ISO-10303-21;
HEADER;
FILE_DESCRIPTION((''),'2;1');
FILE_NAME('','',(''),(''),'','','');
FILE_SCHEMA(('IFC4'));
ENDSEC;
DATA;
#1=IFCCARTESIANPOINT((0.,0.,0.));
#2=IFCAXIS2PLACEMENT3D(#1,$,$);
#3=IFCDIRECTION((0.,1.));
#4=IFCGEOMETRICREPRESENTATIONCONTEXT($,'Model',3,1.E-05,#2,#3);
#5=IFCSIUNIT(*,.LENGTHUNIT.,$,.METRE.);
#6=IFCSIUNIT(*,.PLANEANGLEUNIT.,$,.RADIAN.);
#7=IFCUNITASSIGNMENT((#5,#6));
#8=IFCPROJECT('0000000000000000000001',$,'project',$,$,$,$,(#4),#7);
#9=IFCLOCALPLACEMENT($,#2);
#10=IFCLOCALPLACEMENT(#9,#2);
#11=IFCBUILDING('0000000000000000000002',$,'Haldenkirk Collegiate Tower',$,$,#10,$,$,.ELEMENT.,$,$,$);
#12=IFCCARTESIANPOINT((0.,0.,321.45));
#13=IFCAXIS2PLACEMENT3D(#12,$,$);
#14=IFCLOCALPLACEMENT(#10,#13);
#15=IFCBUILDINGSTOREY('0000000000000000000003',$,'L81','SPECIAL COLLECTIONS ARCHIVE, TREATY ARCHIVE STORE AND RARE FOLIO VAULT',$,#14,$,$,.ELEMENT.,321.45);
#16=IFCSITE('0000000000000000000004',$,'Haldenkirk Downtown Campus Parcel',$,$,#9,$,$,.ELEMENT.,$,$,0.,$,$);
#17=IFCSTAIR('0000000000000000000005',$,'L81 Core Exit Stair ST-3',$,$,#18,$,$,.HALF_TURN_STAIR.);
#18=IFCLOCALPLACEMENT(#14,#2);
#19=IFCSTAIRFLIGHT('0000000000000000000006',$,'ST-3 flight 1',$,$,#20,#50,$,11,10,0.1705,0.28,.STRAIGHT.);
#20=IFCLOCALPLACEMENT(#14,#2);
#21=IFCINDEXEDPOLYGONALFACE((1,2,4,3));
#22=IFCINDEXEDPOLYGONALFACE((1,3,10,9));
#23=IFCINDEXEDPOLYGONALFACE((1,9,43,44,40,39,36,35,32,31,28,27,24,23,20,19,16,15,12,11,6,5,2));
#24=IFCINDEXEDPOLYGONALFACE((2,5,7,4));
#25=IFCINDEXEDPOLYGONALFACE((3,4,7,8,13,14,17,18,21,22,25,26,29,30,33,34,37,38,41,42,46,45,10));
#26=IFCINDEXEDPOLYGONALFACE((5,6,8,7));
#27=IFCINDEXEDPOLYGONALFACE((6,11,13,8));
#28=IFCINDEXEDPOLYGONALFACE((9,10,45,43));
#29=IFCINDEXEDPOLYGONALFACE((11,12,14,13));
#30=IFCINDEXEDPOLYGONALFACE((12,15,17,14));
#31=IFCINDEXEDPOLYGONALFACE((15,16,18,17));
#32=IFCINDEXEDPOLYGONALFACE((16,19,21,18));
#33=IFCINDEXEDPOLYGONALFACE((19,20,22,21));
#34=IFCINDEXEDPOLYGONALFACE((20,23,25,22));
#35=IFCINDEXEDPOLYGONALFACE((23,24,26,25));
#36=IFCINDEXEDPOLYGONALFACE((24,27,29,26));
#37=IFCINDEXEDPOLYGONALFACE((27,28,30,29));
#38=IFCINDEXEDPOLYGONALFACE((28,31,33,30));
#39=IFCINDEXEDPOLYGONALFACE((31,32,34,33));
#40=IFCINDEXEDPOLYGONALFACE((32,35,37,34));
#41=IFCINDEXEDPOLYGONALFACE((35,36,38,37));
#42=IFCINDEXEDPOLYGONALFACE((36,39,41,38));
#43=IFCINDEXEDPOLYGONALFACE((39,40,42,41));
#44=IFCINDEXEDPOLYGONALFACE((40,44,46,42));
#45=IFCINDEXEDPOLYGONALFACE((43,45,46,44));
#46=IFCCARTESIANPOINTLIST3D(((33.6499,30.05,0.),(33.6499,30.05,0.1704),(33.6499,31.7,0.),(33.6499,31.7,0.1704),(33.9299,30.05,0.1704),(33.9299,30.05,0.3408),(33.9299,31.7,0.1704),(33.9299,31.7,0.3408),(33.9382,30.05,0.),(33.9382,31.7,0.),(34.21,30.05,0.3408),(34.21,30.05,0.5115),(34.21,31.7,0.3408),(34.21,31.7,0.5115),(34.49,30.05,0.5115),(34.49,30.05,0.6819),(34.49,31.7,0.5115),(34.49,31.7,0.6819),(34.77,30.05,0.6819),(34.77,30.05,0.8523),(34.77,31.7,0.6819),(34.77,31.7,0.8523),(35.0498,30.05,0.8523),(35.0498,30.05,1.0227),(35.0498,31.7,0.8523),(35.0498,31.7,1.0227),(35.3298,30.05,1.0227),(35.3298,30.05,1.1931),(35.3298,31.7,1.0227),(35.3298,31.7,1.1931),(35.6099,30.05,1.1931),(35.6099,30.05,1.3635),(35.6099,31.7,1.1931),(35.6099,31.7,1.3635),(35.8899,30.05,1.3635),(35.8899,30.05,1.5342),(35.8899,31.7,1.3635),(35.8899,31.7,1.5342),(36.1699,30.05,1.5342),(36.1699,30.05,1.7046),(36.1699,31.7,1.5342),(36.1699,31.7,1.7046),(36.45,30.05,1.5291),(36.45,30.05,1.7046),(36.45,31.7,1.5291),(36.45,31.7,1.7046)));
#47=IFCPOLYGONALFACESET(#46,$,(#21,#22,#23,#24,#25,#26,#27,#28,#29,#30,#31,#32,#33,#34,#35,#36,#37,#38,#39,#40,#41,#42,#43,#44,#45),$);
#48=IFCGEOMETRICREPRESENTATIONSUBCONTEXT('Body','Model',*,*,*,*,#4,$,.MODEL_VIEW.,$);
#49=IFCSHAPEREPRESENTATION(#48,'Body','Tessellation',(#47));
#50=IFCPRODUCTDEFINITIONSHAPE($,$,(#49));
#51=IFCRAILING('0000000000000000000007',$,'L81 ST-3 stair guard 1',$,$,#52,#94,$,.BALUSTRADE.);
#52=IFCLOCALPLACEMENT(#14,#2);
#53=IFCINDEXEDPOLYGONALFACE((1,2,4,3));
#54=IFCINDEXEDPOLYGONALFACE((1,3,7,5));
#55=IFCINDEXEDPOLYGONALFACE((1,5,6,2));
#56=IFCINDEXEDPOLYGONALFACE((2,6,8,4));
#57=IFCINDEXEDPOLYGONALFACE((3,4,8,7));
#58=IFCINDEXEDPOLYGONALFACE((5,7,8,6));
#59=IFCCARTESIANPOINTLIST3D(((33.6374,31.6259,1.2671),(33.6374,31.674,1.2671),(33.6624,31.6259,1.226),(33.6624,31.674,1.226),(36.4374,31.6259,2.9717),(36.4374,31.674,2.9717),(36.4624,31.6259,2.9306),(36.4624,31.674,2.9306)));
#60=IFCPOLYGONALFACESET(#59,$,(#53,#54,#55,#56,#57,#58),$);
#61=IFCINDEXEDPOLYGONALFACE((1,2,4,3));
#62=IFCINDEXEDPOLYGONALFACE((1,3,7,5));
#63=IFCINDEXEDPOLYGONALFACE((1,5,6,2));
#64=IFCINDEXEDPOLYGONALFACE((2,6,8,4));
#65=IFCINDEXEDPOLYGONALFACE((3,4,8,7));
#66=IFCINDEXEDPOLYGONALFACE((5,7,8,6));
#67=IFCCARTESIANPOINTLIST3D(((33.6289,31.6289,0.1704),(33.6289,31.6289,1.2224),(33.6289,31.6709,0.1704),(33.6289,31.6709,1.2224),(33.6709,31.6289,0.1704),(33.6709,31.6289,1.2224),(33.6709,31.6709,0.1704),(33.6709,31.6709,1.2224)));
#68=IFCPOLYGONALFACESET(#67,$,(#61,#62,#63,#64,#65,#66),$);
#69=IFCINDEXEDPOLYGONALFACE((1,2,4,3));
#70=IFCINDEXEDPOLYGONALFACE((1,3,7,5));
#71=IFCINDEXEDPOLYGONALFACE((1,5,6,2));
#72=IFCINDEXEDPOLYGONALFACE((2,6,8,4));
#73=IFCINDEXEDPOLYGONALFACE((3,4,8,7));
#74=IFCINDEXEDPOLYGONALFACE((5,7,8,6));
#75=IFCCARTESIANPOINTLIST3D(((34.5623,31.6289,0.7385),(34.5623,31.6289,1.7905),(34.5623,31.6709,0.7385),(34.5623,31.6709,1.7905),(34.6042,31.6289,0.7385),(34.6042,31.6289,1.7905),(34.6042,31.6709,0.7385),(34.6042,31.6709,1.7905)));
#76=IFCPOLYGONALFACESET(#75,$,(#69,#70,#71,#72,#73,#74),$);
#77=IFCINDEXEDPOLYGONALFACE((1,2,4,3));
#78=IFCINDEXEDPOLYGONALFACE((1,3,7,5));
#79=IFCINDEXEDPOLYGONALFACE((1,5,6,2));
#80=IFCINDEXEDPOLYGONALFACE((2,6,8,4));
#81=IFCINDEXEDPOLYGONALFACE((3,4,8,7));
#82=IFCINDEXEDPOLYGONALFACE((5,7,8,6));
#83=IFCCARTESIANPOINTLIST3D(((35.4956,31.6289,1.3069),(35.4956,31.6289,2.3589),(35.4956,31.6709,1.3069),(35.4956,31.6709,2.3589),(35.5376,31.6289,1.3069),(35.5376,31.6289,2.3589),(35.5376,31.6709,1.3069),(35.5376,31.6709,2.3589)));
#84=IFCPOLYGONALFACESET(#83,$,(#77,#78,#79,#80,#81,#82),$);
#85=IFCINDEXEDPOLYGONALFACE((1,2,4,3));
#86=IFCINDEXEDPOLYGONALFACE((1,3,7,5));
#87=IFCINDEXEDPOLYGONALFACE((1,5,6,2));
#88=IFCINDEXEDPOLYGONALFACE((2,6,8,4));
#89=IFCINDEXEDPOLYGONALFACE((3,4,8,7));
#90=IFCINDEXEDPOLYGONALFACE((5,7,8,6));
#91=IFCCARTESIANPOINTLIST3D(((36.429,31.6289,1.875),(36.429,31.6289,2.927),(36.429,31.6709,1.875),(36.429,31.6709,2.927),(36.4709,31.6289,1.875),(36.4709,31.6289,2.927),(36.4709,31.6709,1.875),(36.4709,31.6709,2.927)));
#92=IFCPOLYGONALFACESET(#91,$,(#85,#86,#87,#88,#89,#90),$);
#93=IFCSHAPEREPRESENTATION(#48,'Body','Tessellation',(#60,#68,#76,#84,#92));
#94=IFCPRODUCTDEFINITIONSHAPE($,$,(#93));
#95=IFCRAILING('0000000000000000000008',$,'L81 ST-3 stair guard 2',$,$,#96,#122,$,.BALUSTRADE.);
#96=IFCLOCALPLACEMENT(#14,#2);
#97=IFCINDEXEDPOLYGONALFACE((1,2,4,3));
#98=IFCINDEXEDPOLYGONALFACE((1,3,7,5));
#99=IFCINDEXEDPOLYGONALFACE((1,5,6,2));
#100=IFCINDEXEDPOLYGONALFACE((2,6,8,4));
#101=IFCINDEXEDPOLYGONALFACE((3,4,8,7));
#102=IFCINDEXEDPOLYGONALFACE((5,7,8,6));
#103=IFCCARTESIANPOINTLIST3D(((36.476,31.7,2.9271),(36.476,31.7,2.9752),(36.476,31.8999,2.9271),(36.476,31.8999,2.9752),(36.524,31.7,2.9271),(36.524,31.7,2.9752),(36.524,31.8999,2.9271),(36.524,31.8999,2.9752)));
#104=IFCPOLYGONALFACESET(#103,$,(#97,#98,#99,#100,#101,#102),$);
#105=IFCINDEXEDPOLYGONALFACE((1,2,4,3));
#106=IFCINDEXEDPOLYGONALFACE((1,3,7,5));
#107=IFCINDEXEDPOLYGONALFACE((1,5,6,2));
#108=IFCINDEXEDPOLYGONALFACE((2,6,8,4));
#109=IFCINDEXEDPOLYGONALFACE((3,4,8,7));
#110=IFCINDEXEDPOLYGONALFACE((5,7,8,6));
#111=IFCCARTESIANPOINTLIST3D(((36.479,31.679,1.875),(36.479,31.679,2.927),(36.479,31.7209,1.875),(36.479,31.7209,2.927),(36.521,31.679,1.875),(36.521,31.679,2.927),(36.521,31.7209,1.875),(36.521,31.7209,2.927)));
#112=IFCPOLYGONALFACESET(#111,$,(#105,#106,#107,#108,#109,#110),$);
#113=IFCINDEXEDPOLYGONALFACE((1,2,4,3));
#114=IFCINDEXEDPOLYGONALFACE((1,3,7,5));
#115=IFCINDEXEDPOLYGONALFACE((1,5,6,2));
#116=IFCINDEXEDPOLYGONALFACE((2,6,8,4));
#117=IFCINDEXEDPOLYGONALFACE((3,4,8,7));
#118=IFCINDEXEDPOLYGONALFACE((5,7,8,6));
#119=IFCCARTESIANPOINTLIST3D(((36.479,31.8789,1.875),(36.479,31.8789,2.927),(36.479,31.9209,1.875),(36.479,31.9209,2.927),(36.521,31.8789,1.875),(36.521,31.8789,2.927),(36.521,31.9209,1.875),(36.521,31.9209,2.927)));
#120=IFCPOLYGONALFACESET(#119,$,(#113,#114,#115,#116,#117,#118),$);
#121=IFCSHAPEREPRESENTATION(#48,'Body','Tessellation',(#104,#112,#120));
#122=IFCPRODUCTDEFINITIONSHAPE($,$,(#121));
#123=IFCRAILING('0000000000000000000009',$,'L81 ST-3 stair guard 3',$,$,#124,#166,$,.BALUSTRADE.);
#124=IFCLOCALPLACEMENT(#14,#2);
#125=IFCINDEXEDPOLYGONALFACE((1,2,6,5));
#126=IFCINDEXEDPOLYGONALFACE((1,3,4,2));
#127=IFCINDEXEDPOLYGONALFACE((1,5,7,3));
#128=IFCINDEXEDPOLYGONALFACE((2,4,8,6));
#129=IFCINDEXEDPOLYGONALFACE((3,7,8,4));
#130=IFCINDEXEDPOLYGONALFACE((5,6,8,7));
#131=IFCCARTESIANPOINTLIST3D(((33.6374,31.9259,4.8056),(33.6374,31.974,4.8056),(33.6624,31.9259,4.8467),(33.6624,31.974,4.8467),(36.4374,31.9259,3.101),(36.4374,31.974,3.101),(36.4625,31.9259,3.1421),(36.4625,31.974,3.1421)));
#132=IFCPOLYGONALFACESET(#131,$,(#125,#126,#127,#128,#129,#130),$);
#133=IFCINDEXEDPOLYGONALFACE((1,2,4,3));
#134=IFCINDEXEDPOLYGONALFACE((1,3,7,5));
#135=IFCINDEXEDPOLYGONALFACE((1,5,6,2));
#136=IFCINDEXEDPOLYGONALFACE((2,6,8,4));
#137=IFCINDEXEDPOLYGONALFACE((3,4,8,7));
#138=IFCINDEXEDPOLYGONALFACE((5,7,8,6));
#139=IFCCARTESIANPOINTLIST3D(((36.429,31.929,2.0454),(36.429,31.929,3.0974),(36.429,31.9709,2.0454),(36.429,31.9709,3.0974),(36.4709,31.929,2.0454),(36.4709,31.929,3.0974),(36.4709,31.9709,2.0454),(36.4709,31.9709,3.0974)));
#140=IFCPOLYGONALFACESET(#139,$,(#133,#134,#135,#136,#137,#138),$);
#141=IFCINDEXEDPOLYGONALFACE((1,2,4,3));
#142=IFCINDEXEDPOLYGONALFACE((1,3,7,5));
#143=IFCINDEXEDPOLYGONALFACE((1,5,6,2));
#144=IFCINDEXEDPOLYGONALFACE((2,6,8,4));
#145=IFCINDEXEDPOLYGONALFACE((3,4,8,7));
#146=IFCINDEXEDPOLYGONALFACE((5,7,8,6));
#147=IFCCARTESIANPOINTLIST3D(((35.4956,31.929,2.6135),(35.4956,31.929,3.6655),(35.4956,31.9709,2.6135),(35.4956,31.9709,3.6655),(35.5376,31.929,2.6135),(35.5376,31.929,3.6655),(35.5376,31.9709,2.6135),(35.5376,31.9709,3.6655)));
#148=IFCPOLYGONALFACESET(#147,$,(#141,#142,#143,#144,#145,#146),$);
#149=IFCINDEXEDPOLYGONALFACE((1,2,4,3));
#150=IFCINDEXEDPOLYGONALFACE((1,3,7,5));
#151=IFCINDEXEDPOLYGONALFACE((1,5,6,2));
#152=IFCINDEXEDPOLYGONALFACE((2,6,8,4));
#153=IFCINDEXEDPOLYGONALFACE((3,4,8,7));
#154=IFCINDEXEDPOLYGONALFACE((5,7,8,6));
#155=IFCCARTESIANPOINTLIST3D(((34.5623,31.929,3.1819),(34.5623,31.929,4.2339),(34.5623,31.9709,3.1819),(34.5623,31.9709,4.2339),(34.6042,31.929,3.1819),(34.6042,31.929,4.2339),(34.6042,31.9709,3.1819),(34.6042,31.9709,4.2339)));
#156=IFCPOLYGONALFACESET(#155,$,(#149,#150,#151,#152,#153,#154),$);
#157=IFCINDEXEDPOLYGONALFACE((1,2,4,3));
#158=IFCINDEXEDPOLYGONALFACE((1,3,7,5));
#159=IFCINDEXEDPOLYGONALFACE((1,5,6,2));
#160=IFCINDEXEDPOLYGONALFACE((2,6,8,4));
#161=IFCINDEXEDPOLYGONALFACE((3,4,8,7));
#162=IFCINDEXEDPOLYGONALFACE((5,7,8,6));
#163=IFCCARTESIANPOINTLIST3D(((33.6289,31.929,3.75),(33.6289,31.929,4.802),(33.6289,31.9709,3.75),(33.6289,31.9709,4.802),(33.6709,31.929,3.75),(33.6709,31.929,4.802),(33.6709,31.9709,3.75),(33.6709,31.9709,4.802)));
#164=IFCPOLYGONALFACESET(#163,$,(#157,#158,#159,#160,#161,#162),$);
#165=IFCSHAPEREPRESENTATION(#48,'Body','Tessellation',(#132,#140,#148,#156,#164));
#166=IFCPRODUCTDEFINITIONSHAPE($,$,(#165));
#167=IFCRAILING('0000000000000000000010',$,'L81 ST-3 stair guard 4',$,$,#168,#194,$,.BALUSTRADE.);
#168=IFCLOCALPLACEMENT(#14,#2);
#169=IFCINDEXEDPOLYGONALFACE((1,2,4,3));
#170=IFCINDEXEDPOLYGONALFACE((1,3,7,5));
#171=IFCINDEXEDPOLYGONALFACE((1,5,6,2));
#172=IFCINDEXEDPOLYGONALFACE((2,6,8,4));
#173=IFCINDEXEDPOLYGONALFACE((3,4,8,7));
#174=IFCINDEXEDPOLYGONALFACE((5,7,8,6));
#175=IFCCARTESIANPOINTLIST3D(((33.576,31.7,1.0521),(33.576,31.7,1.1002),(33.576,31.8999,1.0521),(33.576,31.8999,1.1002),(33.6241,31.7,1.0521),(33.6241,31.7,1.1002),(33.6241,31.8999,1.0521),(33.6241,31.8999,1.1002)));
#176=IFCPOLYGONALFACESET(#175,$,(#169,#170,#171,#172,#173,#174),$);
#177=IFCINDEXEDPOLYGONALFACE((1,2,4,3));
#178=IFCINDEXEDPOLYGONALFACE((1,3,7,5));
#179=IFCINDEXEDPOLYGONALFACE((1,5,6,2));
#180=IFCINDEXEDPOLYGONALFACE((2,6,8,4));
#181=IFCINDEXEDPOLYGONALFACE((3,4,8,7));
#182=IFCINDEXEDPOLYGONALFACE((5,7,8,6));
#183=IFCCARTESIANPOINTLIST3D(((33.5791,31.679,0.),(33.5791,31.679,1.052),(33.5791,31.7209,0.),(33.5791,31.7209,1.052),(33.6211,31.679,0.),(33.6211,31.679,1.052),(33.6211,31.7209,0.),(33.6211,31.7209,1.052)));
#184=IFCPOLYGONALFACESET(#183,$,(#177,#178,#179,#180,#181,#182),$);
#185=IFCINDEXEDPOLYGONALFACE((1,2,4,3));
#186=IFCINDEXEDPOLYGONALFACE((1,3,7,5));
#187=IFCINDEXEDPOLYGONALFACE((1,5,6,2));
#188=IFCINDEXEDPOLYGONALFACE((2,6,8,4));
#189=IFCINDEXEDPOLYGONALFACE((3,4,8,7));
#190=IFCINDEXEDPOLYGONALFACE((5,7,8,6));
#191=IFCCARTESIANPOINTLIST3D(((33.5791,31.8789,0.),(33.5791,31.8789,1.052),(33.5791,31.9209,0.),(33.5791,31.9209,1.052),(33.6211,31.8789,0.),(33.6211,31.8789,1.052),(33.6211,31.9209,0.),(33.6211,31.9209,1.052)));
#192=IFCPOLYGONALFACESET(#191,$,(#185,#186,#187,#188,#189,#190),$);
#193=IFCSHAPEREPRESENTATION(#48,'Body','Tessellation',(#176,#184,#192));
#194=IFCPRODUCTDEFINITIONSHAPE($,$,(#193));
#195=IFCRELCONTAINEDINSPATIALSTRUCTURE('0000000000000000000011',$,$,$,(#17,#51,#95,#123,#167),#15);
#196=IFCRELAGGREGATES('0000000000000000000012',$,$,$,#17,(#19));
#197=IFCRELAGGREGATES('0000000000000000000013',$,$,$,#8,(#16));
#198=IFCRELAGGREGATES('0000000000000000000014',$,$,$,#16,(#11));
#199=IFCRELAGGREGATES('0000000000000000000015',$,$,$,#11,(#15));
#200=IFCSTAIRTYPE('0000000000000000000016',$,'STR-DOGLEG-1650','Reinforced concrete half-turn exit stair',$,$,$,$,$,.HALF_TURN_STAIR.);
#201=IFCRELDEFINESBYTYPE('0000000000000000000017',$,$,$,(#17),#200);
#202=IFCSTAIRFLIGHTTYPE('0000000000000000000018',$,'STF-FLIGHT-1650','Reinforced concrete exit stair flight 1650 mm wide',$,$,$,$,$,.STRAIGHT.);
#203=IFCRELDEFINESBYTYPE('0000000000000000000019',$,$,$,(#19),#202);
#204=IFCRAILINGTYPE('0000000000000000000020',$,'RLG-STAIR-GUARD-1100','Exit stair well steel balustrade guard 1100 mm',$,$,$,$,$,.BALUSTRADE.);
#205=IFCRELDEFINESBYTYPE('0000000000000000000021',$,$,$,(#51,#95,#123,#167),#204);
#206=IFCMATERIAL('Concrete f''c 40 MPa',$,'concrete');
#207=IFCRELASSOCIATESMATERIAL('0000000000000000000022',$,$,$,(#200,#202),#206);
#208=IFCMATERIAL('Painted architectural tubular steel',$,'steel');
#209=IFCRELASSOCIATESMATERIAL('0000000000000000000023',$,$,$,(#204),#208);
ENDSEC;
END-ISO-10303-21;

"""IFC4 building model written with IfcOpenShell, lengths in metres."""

from ifc_helpers import new_model, si_unit, direction, frame, origin, origin_2d, place, context, subcontext, project, spatial, polyline, rectangle, outline, extrude, material, type_object, element, aggregate, save


model = new_model("IFC4")

# Units and contexts
model_context = context("Model", 3, precision=1e-05, world=origin(), true_north=direction((0.0, 1.0)))
body_context = subcontext(model_context, "Body", "Model", "MODEL_VIEW")
ifc_project = project(units=[si_unit("LENGTHUNIT", "METRE"), si_unit("PLANEANGLEUNIT", "RADIAN")], contexts=[model_context])

# Site, building, storey
site_placement = place(None, origin())
site = spatial("IfcSite", under=ifc_project, at=site_placement, Name="Haldenkirk Downtown Campus Parcel", CompositionType="ELEMENT", RefElevation=0.0)
building_placement = place(site_placement, origin())
building = spatial("IfcBuilding", under=site, at=building_placement, Name="Haldenkirk Collegiate Tower", CompositionType="ELEMENT")
storey_placement = place(building_placement, frame((0.0, 0.0, 321.45)))
storey = spatial("IfcBuildingStorey", under=building, at=storey_placement, Name="L81", Description="SPECIAL COLLECTIONS ARCHIVE, TREATY ARCHIVE STORE AND RARE FOLIO VAULT", CompositionType="ELEMENT", Elevation=321.45)

# Stair, stair flight
ifc_material_1 = material(Name="Concrete f'c 40 MPa", Category="concrete")
stair_type = type_object("IfcStairType", Name="STR-DOGLEG-1650", Description="Reinforced concrete half-turn exit stair", PredefinedType="HALF_TURN_STAIR", material=ifc_material_1)
stair_placement = place(storey_placement, origin())
stair = element("IfcStair", 1, at=stair_placement, inside=storey, type_object=stair_type, Name="L81 Core Exit Stair ST-3", PredefinedType="HALF_TURN_STAIR")
stair_flight_type = type_object("IfcStairFlightType", Name="STF-FLIGHT-1650", Description="Reinforced concrete exit stair flight 1650 mm wide", PredefinedType="STRAIGHT", material=ifc_material_1)
stair_flight_placement = place(storey_placement, frame((33.6499, 30.875, 0.0), z_axis=(0.0, 0.0, 1.0), x_axis=(1.0, 0.0, 0.0)))
stair_flight = element("IfcStairFlight", 2, at=stair_flight_placement, type_object=stair_flight_type, Name="ST-3 flight 1", NumberOfRisers=11, NumberOfTreads=10, PredefinedType="STRAIGHT", RiserHeight=0.1705, TreadLength=0.28, context=body_context, shape_type="SweptSolid", body=[
    extrude(outline(polyline([(0.0, 0.0), (0.0, 0.1704), (0.28, 0.1704), (0.28, 0.3408), (0.5601, 0.3408), (0.5601, 0.5115), (0.8401, 0.5115), (0.8401, 0.6819), (1.1201, 0.6819), (1.1201, 0.8523), (1.3999, 0.8523), (1.3999, 1.0227), (1.6799, 1.0227), (1.6799, 1.1931), (1.96, 1.1931), (1.96, 1.3635), (2.24, 1.3635), (2.24, 1.5342), (2.52, 1.5342), (2.52, 1.7046), (2.8, 1.7046), (2.8, 1.875), (2.8, 1.5291), (0.2883, 0.0), (0.0, 0.0)])), frame((0.0, 0.825, 0.0), z_axis=(0.0, -1.0, 0.0), x_axis=(1.0, 0.0, 0.0)), (0.0, 0.0, 1.0), 1.6499),
])
aggregate(stair, [stair_flight])

# Railings
ifc_material_2 = material(Name="Painted architectural tubular steel", Category="steel")
railing_type_1 = type_object("IfcRailingType", Name="RLG-STAIR-GUARD-1100", Description="Exit stair well steel balustrade guard 1100 mm", PredefinedType="BALUSTRADE", material=ifc_material_2)
railing_1_placement = place(storey_placement, frame((33.6499, 31.6499, 0.1704)))
element("IfcRailing", 3, at=railing_1_placement, inside=storey, type_object=railing_type_1, Name="L81 ST-3 stair guard 1", PredefinedType="BALUSTRADE", context=body_context, shape_type="SweptSolid", body=[
    extrude(rectangle(XDim=0.0481, YDim=0.0481, at=origin_2d()), frame((0.0, 0.0, 1.0762), z_axis=(0.85417, 0.0, 0.519994), x_axis=(0.0, 1.0, 0.0)), (0.0, 0.0, 1.0), 3.2781),
    extrude(rectangle(XDim=0.042, YDim=0.042, at=origin_2d()), origin(), (0.0, 0.0, 1.0), 1.052),
    extrude(rectangle(XDim=0.042, YDim=0.042, at=origin_2d()), frame((0.9333, 0.0, 0.5681)), (0.0, 0.0, 1.0), 1.052),
    extrude(rectangle(XDim=0.042, YDim=0.042, at=origin_2d()), frame((1.8667, 0.0, 1.1365)), (0.0, 0.0, 1.0), 1.052),
    extrude(rectangle(XDim=0.042, YDim=0.042, at=origin_2d()), frame((2.8, 0.0, 1.7046)), (0.0, 0.0, 1.0), 1.052),
])
railing_2_placement = place(storey_placement, frame((36.5, 31.7, 1.875)))
element("IfcRailing", 4, at=railing_2_placement, inside=storey, type_object=railing_type_1, Name="L81 ST-3 stair guard 2", PredefinedType="BALUSTRADE", context=body_context, shape_type="SweptSolid", body=[
    extrude(rectangle(XDim=0.0481, YDim=0.0481, at=origin_2d()), frame((0.0, 0.0, 1.0762), z_axis=(0.0, 1.0, 0.0), x_axis=(-1.0, 0.0, 0.0)), (0.0, 0.0, 1.0), 0.2),
    extrude(rectangle(XDim=0.042, YDim=0.042, at=origin_2d()), origin(), (0.0, 0.0, 1.0), 1.052),
    extrude(rectangle(XDim=0.042, YDim=0.042, at=origin_2d()), frame((0.0, 0.2, 0.0)), (0.0, 0.0, 1.0), 1.052),
])
railing_3_placement = place(storey_placement, frame((36.45, 31.95, 2.0454)))
element("IfcRailing", 5, at=railing_3_placement, inside=storey, type_object=railing_type_1, Name="L81 ST-3 stair guard 3", PredefinedType="BALUSTRADE", context=body_context, shape_type="SweptSolid", body=[
    extrude(rectangle(XDim=0.0481, YDim=0.0481, at=origin_2d()), frame((0.0, 0.0, 1.0762), z_axis=(-0.85417, 0.0, 0.519994), x_axis=(0.0, -1.0, 0.0)), (0.0, 0.0, 1.0), 3.2781),
    extrude(rectangle(XDim=0.042, YDim=0.042, at=origin_2d()), origin(), (0.0, 0.0, 1.0), 1.052),
    extrude(rectangle(XDim=0.042, YDim=0.042, at=origin_2d()), frame((-0.9333, 0.0, 0.5681)), (0.0, 0.0, 1.0), 1.052),
    extrude(rectangle(XDim=0.042, YDim=0.042, at=origin_2d()), frame((-1.8667, 0.0, 1.1365)), (0.0, 0.0, 1.0), 1.052),
    extrude(rectangle(XDim=0.042, YDim=0.042, at=origin_2d()), frame((-2.8, 0.0, 1.7046)), (0.0, 0.0, 1.0), 1.052),
])
railing_4_placement = place(storey_placement, frame((33.6001, 31.7, 0.0)))
element("IfcRailing", 6, at=railing_4_placement, inside=storey, type_object=railing_type_1, Name="L81 ST-3 stair guard 4", PredefinedType="BALUSTRADE", context=body_context, shape_type="SweptSolid", body=[
    extrude(rectangle(XDim=0.0481, YDim=0.0481, at=origin_2d()), frame((0.0, 0.0, 1.0762), z_axis=(0.0, 1.0, 0.0), x_axis=(-1.0, 0.0, 0.0)), (0.0, 0.0, 1.0), 0.2),
    extrude(rectangle(XDim=0.042, YDim=0.042, at=origin_2d()), origin(), (0.0, 0.0, 1.0), 1.052),
    extrude(rectangle(XDim=0.042, YDim=0.042, at=origin_2d()), frame((0.0, 0.2, 0.0)), (0.0, 0.0, 1.0), 1.052),
])

save(model, "model.ifc")
